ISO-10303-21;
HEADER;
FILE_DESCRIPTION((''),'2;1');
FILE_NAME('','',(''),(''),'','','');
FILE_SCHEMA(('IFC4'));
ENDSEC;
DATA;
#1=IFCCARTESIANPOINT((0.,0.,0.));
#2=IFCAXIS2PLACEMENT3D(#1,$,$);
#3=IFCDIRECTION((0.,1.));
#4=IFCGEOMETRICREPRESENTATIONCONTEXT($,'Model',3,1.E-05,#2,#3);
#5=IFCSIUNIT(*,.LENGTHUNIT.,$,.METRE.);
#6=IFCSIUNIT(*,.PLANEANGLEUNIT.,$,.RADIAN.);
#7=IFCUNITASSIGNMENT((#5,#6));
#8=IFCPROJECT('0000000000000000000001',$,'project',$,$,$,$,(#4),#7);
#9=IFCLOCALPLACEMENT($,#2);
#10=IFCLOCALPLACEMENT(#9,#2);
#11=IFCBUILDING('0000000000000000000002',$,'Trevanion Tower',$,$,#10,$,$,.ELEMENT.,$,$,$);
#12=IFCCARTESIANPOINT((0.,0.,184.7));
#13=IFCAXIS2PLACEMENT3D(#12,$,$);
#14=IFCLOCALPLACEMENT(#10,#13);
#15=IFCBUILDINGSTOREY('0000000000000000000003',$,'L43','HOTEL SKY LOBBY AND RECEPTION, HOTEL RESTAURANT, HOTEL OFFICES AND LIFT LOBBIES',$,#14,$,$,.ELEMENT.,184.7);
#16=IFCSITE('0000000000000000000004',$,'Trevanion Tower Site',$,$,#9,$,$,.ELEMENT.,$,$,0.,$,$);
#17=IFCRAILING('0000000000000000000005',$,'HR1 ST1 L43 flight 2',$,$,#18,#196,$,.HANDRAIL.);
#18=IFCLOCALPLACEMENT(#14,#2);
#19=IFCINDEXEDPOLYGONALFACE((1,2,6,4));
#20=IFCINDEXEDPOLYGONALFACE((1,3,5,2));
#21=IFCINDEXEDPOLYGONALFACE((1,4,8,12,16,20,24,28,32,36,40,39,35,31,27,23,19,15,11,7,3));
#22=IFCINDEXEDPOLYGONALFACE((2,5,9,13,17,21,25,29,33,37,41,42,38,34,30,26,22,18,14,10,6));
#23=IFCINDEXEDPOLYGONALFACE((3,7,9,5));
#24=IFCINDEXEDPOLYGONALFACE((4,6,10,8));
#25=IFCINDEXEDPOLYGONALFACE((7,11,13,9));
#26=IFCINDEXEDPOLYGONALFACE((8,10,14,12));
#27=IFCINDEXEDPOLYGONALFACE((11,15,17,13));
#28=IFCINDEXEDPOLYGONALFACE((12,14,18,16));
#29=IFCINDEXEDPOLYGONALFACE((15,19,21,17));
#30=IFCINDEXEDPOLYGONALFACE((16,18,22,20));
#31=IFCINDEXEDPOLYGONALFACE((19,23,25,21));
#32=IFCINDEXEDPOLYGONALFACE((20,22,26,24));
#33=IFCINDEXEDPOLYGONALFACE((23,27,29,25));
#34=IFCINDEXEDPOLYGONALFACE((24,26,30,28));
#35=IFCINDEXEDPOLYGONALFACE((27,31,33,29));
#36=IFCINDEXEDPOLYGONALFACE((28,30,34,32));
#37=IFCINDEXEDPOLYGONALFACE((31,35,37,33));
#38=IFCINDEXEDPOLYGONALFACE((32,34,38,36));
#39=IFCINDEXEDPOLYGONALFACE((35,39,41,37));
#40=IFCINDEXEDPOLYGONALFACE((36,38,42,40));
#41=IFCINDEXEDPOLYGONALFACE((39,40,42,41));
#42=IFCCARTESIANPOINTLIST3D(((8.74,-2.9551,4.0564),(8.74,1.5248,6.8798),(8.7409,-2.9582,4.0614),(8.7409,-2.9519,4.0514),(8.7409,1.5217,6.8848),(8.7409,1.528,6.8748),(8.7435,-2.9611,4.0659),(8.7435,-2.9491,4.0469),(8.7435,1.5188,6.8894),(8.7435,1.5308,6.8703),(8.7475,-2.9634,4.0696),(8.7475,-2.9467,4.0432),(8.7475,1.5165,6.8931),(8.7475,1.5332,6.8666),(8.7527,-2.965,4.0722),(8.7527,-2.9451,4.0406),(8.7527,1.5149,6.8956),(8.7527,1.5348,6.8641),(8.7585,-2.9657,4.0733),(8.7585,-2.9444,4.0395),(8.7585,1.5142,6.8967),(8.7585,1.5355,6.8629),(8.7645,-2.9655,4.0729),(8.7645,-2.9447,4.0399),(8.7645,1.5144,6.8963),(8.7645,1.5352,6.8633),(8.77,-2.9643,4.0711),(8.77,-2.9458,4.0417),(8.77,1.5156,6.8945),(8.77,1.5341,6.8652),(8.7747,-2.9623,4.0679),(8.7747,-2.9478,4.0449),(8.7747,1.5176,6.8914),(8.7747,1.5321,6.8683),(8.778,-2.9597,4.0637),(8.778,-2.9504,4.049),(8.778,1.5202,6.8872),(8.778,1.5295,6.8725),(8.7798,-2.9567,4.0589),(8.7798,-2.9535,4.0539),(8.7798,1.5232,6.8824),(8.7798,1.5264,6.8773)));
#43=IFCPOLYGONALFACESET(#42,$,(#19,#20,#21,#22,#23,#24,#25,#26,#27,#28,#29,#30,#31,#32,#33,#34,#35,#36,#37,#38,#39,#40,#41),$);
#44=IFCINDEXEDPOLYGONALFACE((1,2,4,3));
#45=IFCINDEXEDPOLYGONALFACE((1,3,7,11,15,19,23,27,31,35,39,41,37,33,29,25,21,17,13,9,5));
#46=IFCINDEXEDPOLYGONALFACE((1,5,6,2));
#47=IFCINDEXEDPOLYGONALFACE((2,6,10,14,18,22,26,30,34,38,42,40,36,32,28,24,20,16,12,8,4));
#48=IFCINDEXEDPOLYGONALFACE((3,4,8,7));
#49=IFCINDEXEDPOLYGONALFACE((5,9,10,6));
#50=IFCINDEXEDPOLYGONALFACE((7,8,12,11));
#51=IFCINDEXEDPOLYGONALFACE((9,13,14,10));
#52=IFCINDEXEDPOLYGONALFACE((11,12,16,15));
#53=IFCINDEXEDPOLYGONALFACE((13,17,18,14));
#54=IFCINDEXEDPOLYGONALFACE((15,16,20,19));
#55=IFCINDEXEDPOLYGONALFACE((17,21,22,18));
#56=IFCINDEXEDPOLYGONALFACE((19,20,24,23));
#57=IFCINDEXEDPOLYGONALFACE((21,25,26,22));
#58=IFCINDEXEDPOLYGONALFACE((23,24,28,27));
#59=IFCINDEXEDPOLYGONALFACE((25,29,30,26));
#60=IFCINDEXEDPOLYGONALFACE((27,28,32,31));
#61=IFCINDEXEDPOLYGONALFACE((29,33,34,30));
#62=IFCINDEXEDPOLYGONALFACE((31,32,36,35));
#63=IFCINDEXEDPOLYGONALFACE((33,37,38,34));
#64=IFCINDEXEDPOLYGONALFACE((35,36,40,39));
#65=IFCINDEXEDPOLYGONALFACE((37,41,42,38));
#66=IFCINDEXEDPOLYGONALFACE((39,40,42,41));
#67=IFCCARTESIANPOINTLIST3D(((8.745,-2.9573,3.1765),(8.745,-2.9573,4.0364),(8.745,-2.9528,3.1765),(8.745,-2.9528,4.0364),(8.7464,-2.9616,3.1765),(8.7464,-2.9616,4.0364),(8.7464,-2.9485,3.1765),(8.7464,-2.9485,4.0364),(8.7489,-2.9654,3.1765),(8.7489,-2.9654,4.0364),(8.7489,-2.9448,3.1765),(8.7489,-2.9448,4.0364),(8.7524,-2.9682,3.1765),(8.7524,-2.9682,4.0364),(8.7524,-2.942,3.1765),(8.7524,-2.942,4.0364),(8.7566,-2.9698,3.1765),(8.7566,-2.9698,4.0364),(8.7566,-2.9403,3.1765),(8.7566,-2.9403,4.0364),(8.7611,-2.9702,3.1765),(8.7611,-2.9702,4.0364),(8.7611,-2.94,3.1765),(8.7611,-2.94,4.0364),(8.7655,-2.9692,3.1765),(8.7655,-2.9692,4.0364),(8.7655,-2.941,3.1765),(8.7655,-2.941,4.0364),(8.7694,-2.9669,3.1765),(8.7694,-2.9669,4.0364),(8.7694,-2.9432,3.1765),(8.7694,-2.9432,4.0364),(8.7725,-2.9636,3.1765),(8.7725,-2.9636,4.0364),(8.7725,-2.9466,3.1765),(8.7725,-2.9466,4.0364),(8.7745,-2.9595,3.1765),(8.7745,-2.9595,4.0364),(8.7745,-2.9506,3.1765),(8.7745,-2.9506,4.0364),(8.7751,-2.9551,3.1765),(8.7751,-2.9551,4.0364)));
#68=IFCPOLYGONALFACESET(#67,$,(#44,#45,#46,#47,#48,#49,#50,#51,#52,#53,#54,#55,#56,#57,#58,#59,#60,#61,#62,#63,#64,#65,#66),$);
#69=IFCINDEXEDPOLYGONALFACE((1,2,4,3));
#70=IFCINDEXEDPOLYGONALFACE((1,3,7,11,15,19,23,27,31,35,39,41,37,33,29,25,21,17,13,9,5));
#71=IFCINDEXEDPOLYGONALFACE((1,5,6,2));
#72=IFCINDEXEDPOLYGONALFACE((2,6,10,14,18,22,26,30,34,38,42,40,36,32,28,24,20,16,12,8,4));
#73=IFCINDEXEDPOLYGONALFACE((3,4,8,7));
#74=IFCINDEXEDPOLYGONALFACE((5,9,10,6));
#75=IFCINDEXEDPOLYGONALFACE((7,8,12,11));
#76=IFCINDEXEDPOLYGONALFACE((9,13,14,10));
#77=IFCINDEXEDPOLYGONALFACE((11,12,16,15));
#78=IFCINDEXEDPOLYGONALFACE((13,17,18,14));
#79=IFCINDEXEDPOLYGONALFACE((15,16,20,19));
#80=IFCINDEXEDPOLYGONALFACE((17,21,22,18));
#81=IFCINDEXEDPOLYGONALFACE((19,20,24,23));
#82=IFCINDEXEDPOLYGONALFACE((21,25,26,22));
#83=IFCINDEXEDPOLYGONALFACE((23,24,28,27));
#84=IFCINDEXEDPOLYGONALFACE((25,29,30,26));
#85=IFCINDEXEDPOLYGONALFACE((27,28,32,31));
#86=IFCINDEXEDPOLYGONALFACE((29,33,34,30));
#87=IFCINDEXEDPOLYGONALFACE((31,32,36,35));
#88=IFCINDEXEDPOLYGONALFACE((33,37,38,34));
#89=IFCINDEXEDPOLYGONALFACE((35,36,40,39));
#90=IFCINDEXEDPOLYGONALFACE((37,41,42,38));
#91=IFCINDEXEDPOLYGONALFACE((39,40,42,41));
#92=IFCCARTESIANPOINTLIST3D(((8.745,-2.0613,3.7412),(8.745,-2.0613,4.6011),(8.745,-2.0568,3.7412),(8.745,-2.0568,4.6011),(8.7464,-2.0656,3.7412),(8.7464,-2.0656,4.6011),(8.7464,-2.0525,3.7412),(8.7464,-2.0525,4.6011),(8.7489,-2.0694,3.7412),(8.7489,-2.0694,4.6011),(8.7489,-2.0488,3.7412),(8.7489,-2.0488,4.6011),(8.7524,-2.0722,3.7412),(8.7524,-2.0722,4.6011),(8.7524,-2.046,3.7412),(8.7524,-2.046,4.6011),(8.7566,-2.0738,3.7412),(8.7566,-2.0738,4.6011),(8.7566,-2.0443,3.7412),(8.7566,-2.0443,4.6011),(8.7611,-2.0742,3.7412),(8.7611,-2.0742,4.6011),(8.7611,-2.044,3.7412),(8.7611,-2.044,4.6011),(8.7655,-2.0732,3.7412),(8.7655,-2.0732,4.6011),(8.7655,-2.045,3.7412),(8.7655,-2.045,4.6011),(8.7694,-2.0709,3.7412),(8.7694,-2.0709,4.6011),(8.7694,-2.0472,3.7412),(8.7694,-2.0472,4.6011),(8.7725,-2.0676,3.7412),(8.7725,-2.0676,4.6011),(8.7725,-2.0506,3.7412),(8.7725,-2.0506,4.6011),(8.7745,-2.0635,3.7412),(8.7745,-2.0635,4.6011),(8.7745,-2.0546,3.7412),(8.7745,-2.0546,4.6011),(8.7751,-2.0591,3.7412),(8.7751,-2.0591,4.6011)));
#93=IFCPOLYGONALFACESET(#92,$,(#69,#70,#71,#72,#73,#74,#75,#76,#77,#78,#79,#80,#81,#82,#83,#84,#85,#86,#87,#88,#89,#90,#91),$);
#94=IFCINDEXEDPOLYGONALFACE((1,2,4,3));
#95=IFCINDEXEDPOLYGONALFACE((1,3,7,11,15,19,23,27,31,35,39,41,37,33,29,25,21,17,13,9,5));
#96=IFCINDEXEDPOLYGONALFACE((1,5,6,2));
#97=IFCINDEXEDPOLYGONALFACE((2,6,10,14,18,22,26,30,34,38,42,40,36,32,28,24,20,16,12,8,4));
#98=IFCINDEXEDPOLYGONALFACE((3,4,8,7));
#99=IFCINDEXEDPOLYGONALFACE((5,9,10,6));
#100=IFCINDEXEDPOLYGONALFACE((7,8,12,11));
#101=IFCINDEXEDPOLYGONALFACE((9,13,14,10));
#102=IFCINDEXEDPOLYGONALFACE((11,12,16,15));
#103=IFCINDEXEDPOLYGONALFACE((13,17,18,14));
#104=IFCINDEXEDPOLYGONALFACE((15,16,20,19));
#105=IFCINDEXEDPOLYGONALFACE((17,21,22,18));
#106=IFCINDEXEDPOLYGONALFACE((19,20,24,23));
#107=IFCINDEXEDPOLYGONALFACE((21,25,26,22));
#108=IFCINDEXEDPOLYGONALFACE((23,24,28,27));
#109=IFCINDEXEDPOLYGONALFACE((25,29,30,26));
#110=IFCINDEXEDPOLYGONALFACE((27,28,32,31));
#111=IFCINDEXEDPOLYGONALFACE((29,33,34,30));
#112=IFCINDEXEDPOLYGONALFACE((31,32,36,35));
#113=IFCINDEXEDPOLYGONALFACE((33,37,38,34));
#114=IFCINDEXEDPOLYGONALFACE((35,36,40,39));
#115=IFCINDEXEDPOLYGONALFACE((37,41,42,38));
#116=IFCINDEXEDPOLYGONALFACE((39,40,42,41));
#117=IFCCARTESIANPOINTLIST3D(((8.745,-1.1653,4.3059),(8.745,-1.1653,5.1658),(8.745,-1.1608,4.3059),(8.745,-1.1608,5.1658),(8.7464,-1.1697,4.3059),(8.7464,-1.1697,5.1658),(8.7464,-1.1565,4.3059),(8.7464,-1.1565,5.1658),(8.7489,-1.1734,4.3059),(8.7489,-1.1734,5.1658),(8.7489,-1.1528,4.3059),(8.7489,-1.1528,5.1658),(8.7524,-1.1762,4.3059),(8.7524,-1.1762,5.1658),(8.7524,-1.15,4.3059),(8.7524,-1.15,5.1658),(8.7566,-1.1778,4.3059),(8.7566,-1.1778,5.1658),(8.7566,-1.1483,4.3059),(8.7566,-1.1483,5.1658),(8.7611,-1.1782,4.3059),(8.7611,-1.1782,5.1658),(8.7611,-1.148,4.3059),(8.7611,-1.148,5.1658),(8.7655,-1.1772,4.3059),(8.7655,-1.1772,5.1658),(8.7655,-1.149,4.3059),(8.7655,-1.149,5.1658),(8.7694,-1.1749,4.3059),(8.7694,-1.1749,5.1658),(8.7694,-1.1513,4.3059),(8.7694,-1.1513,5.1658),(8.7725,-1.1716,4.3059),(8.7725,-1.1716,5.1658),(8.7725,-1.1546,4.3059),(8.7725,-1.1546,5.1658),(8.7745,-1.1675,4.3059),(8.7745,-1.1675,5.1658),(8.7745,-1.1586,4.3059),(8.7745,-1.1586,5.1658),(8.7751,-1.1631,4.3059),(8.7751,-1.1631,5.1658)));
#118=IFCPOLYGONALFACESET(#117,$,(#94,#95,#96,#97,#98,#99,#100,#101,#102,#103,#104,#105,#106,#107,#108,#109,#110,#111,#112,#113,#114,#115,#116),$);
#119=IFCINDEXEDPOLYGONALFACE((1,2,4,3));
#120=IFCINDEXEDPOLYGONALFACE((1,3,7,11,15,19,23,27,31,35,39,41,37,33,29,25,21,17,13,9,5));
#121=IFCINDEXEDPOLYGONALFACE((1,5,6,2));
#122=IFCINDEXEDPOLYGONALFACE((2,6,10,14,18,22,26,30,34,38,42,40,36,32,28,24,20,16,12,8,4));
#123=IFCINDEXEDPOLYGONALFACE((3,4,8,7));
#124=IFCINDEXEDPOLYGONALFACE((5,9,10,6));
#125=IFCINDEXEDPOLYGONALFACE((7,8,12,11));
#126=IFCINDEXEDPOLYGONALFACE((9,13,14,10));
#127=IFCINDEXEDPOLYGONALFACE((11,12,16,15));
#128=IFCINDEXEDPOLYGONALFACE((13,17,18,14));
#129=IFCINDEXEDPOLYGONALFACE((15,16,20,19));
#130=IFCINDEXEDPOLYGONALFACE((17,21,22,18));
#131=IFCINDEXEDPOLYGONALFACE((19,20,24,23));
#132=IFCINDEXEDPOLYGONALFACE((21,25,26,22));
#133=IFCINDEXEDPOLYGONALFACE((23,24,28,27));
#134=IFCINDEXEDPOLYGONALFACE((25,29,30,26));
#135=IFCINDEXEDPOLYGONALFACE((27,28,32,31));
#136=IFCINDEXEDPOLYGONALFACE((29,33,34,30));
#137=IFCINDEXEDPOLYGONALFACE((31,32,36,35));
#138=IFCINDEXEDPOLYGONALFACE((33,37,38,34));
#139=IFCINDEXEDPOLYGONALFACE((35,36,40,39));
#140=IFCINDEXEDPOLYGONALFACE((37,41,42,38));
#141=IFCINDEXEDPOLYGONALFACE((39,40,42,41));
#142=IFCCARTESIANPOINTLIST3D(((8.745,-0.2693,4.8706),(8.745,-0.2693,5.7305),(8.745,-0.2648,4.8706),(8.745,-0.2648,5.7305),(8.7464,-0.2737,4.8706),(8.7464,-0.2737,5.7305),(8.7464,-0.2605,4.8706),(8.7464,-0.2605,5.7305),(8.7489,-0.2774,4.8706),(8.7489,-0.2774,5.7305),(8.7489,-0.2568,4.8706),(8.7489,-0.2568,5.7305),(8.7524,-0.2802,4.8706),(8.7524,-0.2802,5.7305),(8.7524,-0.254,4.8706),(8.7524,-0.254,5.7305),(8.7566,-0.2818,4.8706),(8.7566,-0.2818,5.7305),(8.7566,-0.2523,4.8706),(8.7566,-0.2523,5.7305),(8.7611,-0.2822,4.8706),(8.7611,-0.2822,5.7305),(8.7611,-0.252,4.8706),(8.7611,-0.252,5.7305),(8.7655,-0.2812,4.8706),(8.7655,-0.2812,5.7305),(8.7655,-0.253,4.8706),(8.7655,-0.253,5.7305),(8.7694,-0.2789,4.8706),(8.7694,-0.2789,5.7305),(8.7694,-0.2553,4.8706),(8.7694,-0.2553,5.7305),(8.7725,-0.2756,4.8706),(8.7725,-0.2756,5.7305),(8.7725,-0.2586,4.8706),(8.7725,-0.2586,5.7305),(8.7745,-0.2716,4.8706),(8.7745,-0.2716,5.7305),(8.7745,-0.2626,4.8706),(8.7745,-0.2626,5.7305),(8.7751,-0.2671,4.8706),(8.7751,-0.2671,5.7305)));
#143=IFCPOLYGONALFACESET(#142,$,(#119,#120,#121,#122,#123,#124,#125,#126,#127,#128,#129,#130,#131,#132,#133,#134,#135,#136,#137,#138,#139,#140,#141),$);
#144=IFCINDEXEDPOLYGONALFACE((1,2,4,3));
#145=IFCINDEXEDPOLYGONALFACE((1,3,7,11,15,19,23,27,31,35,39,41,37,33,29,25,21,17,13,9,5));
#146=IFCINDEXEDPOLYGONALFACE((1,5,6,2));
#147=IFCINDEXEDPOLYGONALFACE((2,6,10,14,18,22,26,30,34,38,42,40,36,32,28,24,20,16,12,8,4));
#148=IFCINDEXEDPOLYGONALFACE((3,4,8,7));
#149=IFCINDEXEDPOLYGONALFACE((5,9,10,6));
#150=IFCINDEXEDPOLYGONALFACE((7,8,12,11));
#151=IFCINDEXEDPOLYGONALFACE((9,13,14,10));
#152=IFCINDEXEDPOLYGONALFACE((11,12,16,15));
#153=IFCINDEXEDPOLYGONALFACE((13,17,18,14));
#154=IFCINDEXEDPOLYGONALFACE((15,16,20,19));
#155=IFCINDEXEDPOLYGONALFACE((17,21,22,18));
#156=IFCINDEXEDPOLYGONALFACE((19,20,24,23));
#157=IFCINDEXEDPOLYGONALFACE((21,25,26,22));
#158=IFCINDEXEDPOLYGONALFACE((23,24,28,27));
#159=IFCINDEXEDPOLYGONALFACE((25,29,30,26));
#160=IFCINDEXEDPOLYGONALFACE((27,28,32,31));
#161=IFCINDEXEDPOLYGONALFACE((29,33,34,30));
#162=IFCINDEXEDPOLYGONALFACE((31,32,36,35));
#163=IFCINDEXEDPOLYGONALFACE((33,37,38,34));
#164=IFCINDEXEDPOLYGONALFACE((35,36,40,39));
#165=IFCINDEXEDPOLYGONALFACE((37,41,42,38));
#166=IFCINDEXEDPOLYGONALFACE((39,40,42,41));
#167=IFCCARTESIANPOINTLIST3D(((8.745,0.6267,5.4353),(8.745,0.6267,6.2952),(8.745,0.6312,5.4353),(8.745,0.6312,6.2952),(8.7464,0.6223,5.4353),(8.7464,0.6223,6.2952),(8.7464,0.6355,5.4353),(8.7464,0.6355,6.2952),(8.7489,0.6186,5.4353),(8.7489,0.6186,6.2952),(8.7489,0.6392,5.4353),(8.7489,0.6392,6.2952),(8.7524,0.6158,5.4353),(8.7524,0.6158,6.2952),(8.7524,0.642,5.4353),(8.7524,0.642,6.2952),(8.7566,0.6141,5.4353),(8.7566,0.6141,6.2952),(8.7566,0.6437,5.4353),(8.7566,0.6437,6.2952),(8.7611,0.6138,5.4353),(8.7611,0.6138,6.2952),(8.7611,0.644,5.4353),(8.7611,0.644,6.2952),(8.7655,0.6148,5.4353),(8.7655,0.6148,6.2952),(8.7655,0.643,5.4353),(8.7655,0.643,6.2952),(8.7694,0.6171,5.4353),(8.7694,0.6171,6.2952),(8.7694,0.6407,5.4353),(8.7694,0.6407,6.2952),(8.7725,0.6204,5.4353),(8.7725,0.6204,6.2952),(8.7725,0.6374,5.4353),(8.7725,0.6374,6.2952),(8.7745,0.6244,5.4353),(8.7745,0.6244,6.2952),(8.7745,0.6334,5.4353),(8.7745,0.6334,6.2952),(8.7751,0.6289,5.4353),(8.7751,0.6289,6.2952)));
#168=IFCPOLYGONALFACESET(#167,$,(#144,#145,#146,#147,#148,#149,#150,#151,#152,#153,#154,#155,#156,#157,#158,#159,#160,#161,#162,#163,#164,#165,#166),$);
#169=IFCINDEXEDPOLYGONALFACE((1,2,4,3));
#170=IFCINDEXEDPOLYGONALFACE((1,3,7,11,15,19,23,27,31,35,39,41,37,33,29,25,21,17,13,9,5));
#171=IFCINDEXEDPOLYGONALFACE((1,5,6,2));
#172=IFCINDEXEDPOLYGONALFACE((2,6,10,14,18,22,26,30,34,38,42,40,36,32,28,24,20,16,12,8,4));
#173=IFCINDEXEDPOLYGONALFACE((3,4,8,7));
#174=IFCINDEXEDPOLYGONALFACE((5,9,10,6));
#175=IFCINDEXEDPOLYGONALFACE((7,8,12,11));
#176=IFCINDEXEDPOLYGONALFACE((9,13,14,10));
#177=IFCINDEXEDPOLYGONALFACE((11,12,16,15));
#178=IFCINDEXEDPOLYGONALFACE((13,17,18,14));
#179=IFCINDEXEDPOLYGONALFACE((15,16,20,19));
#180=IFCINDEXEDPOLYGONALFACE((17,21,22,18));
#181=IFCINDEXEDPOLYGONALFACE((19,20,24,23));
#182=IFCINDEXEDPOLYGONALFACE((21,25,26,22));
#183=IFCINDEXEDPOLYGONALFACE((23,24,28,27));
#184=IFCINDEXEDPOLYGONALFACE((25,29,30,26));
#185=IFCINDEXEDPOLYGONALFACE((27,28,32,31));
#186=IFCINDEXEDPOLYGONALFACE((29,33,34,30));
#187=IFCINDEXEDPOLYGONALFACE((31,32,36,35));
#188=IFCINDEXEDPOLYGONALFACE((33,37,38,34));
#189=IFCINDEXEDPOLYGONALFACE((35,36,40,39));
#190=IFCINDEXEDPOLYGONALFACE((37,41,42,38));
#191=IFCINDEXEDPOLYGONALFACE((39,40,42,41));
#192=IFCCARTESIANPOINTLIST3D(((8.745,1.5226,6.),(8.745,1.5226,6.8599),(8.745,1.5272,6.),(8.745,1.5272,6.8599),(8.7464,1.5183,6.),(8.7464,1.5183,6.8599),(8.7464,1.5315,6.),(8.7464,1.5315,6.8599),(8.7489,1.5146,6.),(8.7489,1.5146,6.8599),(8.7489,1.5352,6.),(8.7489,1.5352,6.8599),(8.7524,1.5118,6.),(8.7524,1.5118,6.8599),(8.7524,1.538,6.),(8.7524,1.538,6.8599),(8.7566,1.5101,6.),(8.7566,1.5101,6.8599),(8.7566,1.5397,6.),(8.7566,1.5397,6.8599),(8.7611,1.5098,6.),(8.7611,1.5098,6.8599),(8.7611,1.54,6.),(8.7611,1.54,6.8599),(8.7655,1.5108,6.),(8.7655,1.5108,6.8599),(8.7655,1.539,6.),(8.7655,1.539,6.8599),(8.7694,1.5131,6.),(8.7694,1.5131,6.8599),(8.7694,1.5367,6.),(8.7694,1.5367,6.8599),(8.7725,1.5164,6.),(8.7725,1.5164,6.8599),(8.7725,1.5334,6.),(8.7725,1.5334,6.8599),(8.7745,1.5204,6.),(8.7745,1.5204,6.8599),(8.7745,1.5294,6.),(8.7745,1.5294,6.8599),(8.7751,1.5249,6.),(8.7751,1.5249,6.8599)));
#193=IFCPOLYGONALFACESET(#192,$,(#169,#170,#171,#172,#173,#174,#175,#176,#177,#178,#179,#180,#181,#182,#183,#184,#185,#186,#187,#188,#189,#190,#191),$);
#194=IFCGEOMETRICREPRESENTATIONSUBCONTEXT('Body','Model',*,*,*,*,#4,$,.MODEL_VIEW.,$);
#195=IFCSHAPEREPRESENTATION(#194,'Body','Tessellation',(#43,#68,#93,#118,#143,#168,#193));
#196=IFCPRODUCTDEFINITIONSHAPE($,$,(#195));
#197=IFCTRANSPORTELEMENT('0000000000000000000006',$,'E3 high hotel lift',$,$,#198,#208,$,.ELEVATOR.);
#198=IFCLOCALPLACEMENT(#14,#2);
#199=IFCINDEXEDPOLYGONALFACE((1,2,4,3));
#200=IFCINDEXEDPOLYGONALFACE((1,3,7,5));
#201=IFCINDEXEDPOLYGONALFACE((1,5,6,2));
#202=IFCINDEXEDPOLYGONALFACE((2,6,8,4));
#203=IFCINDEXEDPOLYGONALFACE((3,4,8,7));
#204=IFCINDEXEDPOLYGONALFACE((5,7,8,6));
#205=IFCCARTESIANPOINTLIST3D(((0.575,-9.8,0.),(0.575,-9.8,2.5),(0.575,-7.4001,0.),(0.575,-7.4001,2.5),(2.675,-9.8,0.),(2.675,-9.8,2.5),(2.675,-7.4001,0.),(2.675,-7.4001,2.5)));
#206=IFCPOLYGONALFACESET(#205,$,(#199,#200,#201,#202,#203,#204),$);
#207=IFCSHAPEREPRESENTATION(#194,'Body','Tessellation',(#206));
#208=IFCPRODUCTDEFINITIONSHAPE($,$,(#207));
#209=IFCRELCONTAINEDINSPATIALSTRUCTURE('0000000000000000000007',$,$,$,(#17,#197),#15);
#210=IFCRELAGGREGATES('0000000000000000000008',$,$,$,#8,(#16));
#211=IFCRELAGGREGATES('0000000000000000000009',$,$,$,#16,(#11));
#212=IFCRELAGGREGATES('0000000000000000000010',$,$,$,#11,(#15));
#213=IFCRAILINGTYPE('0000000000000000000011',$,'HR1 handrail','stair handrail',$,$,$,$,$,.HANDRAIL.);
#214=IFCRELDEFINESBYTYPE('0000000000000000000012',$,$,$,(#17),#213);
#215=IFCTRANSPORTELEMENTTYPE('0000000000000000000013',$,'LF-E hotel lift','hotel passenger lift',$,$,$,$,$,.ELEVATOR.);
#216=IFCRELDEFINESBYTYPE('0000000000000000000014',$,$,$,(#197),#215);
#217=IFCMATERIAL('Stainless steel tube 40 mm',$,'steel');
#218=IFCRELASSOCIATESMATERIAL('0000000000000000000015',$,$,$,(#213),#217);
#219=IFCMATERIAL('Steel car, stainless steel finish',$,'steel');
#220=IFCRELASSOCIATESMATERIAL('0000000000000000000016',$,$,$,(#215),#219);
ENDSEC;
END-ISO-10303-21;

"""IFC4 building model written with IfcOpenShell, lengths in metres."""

from ifc_helpers import new_model, si_unit, direction, frame, origin, origin_2d, place, context, subcontext, project, spatial, rectangle, circle, extrude, material, type_object, element, save


model = new_model("IFC4")

# Units and contexts
model_context = context("Model", 3, precision=1e-05, world=origin(), true_north=direction((0.0, 1.0)))
body_context = subcontext(model_context, "Body", "Model", "MODEL_VIEW")
ifc_project = project(units=[si_unit("LENGTHUNIT", "METRE"), si_unit("PLANEANGLEUNIT", "RADIAN")], contexts=[model_context])

# Site, building, storey
site_placement = place(None, origin())
site = spatial("IfcSite", under=ifc_project, at=site_placement, Name="Trevanion Tower Site", CompositionType="ELEMENT", RefElevation=0.0)
building_placement = place(site_placement, origin())
building = spatial("IfcBuilding", under=site, at=building_placement, Name="Trevanion Tower", CompositionType="ELEMENT")
storey_placement = place(building_placement, frame((0.0, 0.0, 184.7)))
storey = spatial("IfcBuildingStorey", under=building, at=storey_placement, Name="L43", Description="HOTEL SKY LOBBY AND RECEPTION, HOTEL RESTAURANT, HOTEL OFFICES AND LIFT LOBBIES", CompositionType="ELEMENT", Elevation=184.7)

# Railing
ifc_material_1 = material(Name="Stainless steel tube 40 mm", Category="steel")
railing_type = type_object("IfcRailingType", Name="HR1 handrail", Description="stair handrail", PredefinedType="HANDRAIL", material=ifc_material_1)
railing_placement = place(storey_placement, frame((8.76, -2.9551, 3.1765)))
element("IfcRailing", 1, at=railing_placement, inside=storey, type_object=railing_type, Name="HR1 ST1 L43 flight 2", PredefinedType="HANDRAIL", context=body_context, shape_type="SweptSolid", body=[
    extrude(circle(Radius=0.02, at=origin_2d()), frame((0.0, 0.0, 0.8799), z_axis=(0.0, 0.845998, 0.533186), x_axis=(-1.0, 0.0, 0.0)), (0.0, 0.0, 1.0), 5.2954),
    extrude(circle(Radius=0.0151, at=origin_2d()), origin(), (0.0, 0.0, 1.0), 0.8599),
    extrude(circle(Radius=0.0151, at=origin_2d()), frame((0.0, 0.896, 0.5647)), (0.0, 0.0, 1.0), 0.8599),
    extrude(circle(Radius=0.0151, at=origin_2d()), frame((0.0, 1.792, 1.1294)), (0.0, 0.0, 1.0), 0.8599),
    extrude(circle(Radius=0.0151, at=origin_2d()), frame((0.0, 2.688, 1.6941)), (0.0, 0.0, 1.0), 0.8599),
    extrude(circle(Radius=0.0151, at=origin_2d()), frame((0.0, 3.584, 2.2588)), (0.0, 0.0, 1.0), 0.8599),
    extrude(circle(Radius=0.0151, at=origin_2d()), frame((0.0, 4.48, 2.8235)), (0.0, 0.0, 1.0), 0.8599),
])

# Transport element
ifc_material_2 = material(Name="Steel car, stainless steel finish", Category="steel")
transport_element_type_1 = type_object("IfcTransportElementType", Name="LF-E hotel lift", Description="hotel passenger lift", PredefinedType="ELEVATOR", material=ifc_material_2)
for number, where, z_axis, x_axis, name in (
    (2, (1.625, -8.6001, 0.0), (0.0, 0.0, 1.0), (1.0, 0.0, 0.0), "E3 high hotel lift"),
):
    element("IfcTransportElement", number, at=place(storey_placement, frame(where, z_axis=z_axis, x_axis=x_axis)), inside=storey, type_object=transport_element_type_1, Name=name, PredefinedType="ELEVATOR", context=body_context, shape_type="SweptSolid", body=[
        extrude(rectangle(XDim=2.1001, YDim=2.3999, at=origin_2d()), origin(), (0.0, 0.0, 1.0), 2.5),
    ])

save(model, "model.ifc")
